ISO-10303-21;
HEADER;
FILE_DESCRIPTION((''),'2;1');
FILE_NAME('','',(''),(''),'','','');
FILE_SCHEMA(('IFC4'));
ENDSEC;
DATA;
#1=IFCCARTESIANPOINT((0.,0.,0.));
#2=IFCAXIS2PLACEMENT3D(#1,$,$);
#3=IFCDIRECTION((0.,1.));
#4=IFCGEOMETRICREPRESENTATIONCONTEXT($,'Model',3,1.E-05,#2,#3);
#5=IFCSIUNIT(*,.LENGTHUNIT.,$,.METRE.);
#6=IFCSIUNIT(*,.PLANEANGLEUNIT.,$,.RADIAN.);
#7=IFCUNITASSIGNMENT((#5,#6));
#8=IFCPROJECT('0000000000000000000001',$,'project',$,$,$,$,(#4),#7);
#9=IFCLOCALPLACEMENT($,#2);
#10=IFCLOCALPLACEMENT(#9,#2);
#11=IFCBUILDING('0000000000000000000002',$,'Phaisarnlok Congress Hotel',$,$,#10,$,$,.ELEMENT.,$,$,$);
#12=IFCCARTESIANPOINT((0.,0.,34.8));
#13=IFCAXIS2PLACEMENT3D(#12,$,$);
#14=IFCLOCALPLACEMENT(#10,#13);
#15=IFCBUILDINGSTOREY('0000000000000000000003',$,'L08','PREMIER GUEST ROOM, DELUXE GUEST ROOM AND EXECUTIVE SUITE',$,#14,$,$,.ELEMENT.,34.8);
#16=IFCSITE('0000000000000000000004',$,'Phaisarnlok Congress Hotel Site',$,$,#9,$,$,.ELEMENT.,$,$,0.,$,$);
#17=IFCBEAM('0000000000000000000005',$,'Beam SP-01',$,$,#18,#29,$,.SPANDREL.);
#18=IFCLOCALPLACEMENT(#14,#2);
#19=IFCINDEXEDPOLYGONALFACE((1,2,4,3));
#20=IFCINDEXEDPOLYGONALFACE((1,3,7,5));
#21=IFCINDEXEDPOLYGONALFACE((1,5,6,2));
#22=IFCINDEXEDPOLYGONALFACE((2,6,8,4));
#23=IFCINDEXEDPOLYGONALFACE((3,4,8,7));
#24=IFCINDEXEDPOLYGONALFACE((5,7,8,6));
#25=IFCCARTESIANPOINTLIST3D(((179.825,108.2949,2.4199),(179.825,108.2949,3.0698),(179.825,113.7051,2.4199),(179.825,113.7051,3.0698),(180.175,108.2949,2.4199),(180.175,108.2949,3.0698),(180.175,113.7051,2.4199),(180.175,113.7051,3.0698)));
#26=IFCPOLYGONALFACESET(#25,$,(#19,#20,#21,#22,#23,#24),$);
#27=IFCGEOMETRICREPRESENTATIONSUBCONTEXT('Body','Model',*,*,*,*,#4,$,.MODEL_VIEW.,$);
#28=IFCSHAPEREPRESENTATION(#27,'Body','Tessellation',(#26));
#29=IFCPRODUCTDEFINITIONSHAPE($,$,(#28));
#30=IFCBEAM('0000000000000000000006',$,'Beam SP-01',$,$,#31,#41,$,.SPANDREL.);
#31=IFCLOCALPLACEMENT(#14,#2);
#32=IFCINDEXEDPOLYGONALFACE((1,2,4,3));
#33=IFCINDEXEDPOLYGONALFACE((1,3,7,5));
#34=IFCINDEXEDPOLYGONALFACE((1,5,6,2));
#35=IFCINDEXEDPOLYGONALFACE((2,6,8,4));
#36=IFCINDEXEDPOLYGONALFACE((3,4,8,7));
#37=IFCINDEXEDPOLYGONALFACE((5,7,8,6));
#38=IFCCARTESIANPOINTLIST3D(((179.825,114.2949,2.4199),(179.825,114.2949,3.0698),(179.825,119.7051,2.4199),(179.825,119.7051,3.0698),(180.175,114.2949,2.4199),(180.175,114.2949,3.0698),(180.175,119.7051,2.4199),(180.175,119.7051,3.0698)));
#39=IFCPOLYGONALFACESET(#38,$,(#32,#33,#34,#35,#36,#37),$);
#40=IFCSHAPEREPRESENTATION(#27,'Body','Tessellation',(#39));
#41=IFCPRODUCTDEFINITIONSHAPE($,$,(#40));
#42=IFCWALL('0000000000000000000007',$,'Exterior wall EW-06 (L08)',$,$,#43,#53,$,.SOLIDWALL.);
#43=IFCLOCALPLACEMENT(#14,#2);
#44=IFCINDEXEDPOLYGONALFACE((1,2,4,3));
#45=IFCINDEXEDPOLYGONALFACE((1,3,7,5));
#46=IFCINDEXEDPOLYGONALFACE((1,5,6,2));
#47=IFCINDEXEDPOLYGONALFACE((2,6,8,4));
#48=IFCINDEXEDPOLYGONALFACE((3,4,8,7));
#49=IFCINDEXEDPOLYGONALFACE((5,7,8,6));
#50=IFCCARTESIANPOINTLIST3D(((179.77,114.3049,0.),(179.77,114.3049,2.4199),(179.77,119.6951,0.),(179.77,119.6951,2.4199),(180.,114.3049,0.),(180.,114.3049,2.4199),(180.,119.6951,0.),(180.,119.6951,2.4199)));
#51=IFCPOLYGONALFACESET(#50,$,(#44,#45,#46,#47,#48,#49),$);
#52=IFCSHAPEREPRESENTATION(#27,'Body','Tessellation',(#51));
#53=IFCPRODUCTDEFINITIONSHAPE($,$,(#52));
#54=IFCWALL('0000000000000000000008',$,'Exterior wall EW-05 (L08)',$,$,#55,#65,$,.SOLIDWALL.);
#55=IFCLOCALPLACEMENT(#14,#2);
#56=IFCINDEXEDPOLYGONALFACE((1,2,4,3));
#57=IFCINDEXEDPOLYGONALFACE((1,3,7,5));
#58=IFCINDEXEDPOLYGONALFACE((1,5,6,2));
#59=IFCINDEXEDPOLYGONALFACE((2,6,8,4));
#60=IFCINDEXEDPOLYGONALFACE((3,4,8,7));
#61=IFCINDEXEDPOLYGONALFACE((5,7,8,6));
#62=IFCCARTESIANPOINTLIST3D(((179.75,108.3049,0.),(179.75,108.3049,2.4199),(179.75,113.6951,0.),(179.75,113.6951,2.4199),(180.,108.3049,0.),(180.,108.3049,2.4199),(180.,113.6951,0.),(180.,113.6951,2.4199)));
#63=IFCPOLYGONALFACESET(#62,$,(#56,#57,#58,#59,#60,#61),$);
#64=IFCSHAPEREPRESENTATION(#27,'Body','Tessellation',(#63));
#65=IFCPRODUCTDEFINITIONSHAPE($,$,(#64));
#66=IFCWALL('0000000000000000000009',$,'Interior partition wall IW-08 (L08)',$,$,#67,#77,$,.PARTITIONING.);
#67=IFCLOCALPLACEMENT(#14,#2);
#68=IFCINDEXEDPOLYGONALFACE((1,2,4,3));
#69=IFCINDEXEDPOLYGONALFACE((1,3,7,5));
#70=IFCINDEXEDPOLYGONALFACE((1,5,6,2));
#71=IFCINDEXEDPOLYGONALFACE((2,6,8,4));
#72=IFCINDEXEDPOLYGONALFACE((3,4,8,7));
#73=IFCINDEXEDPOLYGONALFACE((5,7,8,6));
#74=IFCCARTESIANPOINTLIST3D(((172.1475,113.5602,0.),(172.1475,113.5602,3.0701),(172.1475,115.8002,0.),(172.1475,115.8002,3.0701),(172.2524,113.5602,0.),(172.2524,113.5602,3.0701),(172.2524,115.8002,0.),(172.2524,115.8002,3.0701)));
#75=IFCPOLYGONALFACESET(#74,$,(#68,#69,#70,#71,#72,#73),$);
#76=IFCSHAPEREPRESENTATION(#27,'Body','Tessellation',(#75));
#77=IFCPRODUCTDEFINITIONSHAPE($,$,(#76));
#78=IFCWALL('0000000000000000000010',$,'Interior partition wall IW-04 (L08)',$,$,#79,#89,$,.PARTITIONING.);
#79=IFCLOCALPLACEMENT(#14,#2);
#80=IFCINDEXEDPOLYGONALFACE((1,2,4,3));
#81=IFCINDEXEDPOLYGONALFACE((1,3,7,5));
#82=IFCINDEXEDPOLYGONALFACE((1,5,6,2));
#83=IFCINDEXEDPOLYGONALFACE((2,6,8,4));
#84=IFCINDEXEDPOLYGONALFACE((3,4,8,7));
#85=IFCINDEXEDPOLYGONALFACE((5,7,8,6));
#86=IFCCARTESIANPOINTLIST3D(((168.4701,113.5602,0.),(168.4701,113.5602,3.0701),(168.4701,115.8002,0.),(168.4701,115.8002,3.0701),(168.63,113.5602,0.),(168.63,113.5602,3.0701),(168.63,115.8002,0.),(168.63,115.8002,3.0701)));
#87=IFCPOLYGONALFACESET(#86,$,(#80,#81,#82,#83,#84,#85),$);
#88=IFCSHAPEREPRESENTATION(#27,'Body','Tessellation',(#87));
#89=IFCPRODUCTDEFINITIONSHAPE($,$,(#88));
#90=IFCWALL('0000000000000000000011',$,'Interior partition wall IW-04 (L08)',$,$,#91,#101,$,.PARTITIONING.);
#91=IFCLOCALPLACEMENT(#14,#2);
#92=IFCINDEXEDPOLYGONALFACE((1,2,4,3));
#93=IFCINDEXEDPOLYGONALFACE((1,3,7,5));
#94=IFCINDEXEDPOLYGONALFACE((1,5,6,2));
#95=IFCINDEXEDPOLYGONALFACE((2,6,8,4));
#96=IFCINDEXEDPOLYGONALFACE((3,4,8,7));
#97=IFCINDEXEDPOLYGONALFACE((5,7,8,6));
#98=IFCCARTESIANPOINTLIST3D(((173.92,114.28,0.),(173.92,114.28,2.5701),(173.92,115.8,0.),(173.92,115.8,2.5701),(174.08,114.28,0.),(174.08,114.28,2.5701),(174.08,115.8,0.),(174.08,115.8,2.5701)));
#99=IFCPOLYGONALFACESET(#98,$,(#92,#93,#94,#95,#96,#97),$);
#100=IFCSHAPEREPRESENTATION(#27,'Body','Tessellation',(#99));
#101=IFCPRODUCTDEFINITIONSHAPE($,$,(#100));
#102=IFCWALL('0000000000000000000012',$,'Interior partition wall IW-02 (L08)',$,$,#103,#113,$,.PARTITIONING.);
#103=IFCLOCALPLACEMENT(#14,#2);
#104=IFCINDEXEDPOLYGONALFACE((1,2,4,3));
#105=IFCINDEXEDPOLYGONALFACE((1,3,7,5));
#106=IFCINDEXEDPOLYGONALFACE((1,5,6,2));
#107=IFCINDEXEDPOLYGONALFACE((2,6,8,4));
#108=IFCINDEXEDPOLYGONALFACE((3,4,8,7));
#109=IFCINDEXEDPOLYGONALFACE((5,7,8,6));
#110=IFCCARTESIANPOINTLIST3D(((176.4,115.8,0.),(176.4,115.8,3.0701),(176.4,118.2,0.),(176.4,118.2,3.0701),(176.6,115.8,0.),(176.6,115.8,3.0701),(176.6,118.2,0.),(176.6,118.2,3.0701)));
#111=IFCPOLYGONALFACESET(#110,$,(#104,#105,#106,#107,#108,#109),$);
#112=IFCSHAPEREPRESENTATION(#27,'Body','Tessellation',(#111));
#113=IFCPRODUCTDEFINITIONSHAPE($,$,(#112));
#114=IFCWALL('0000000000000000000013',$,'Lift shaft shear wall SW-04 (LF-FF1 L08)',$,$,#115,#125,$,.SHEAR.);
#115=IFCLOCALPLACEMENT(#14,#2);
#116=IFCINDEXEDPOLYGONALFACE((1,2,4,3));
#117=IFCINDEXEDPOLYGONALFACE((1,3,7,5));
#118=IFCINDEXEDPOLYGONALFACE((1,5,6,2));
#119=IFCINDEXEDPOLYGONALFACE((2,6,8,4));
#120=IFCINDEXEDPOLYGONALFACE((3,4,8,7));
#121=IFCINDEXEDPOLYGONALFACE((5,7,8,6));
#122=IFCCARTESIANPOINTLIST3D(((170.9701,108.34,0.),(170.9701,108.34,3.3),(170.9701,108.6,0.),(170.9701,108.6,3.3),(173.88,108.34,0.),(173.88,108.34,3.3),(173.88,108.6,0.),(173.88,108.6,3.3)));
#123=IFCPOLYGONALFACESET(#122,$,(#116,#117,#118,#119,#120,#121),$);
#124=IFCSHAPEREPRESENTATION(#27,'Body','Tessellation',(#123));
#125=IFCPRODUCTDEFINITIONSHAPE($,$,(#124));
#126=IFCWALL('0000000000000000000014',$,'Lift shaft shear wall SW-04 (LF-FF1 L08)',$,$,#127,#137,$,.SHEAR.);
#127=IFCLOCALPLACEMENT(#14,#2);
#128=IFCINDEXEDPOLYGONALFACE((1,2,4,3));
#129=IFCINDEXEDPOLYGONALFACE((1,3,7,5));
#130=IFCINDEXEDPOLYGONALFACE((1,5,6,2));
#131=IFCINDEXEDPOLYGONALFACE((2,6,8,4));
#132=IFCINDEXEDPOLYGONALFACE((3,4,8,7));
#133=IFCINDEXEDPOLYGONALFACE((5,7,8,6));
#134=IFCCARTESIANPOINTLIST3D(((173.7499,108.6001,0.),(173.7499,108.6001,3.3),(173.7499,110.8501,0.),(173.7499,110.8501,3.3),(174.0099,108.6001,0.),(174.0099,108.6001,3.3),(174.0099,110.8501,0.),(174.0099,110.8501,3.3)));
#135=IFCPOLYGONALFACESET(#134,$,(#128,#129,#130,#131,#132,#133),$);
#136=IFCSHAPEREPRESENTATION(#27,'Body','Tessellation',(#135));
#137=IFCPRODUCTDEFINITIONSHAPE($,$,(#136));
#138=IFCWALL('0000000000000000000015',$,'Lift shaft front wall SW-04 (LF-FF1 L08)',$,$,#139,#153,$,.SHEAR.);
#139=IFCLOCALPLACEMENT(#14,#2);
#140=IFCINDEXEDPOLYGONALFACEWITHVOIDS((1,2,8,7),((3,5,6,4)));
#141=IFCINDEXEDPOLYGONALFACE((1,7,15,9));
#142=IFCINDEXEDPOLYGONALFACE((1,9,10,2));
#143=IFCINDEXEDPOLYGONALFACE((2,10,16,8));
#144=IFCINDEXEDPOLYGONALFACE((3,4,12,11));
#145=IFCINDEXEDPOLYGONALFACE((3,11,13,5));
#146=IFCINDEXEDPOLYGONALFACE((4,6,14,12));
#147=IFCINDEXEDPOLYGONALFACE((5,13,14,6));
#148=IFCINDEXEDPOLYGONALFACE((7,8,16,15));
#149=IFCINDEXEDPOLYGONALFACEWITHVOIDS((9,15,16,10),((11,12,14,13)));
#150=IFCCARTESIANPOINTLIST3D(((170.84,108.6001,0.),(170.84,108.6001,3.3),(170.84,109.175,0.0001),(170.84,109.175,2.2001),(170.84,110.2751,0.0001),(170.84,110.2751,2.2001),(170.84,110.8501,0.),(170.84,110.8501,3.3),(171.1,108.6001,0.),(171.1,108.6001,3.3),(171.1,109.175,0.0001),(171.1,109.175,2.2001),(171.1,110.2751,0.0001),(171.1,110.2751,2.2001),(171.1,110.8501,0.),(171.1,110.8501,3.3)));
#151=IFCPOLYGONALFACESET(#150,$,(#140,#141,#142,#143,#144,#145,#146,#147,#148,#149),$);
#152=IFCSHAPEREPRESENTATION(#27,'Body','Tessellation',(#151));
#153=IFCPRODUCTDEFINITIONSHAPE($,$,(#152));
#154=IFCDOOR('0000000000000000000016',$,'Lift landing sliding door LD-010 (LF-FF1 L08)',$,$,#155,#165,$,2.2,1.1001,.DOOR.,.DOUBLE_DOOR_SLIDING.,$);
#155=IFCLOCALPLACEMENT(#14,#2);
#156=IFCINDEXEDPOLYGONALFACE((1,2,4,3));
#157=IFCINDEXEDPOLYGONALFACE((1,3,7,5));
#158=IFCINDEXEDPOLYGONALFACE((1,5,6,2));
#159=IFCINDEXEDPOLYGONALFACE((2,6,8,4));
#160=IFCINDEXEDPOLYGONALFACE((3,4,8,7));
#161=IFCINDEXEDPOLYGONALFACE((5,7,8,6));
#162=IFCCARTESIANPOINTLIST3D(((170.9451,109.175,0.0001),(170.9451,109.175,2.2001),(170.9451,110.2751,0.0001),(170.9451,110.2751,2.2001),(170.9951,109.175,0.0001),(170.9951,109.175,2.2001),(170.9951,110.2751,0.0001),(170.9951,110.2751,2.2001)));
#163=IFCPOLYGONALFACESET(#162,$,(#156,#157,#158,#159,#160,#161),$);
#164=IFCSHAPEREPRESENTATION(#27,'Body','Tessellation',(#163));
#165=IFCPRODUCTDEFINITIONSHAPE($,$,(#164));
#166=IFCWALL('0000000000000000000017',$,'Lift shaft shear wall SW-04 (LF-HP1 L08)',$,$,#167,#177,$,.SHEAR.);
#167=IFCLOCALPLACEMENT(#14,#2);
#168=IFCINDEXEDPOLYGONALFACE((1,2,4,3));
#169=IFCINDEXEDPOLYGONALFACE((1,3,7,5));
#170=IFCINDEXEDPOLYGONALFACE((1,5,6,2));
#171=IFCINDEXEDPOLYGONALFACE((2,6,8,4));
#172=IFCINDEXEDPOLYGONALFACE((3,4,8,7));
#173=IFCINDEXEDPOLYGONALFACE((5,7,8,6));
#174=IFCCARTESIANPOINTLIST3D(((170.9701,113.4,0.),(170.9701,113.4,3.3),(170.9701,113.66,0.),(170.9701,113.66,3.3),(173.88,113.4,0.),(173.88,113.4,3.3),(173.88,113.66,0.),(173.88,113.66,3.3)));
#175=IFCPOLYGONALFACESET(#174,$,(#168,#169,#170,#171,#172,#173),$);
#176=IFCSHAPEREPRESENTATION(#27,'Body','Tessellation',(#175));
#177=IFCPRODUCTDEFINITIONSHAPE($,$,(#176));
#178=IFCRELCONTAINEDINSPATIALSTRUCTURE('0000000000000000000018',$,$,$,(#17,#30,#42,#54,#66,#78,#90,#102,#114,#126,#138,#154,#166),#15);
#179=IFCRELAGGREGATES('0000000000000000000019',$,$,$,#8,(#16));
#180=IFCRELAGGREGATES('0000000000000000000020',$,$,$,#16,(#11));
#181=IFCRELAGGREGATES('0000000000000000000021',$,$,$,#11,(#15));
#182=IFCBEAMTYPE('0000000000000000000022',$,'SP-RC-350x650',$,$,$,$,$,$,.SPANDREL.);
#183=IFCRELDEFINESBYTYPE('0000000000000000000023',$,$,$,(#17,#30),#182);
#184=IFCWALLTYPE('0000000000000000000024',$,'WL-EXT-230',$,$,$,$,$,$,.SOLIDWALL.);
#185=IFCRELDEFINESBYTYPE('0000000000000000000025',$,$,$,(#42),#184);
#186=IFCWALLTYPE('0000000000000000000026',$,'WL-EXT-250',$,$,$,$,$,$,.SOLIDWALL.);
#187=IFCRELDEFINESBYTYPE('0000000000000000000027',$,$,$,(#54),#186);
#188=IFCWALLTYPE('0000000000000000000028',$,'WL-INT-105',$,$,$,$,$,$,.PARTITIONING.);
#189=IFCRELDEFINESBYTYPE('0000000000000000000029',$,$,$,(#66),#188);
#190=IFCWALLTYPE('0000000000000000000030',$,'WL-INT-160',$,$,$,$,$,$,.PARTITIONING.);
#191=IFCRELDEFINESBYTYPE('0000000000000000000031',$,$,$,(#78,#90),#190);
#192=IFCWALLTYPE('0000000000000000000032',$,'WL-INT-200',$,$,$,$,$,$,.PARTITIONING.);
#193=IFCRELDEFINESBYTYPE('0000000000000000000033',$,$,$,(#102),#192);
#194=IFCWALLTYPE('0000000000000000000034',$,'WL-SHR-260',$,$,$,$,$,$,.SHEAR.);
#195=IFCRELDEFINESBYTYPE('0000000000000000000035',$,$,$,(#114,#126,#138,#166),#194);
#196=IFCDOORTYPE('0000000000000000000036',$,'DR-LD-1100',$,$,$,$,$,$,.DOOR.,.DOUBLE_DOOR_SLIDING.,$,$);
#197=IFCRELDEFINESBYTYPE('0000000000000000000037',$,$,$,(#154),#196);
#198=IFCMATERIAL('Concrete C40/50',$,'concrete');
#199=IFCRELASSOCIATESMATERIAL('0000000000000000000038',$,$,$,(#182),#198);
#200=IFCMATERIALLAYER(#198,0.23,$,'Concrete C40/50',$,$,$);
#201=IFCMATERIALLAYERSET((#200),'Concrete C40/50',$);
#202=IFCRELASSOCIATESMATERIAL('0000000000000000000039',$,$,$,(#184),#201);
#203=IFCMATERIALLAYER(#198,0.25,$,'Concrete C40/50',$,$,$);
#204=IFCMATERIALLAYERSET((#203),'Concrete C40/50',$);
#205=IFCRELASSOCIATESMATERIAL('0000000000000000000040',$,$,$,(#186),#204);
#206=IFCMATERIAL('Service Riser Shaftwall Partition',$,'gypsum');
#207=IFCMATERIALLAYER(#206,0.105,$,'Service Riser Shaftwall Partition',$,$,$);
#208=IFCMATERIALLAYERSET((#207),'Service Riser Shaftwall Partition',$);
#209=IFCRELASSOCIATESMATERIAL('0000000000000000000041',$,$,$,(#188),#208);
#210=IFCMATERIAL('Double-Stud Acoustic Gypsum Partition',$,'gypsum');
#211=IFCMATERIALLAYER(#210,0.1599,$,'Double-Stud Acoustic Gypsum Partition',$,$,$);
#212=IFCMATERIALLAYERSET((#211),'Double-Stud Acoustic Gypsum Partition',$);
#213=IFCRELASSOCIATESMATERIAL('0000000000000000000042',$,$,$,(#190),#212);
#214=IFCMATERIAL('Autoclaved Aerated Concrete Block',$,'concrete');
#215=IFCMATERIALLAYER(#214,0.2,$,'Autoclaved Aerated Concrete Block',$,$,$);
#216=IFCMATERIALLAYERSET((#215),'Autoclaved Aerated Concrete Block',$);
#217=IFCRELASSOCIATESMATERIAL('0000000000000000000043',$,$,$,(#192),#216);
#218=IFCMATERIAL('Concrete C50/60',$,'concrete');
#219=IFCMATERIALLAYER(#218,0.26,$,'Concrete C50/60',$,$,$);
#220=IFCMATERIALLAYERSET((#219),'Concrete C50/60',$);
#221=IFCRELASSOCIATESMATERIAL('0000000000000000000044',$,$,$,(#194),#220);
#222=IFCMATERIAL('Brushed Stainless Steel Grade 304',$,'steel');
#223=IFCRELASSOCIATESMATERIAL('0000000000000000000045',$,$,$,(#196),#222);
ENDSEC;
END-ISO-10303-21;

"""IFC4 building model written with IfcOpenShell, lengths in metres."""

from ifc_helpers import new_model, si_unit, direction, frame, frame_2d, origin, origin_2d, place, context, subcontext, project, spatial, rectangle, extrude, material, layer, layer_set, material_profile, profile_set, type_object, element, fill, save


model = new_model("IFC4")

# Units and contexts
model_context = context("Model", 3, precision=1e-05, world=origin(), true_north=direction((0.0, 1.0)))
body_context = subcontext(model_context, "Body", "Model", "MODEL_VIEW")
ifc_project = project(units=[si_unit("LENGTHUNIT", "METRE"), si_unit("PLANEANGLEUNIT", "RADIAN")], contexts=[model_context])

# Site, building, storey
site_placement = place(None, origin())
site = spatial("IfcSite", under=ifc_project, at=site_placement, Name="Phaisarnlok Congress Hotel Site", CompositionType="ELEMENT", RefElevation=0.0)
building_placement = place(site_placement, origin())
building = spatial("IfcBuilding", under=site, at=building_placement, Name="Phaisarnlok Congress Hotel", CompositionType="ELEMENT")
storey_placement = place(building_placement, frame((0.0, 0.0, 34.8)))
storey = spatial("IfcBuildingStorey", under=building, at=storey_placement, Name="L08", Description="PREMIER GUEST ROOM, DELUXE GUEST ROOM AND EXECUTIVE SUITE", CompositionType="ELEMENT", Elevation=34.8)

# Shared definitions
ifc_material_1 = material(Name="Concrete C50/60", Category="concrete")

# Beams
ifc_material_2 = material(Name="Concrete C40/50", Category="concrete")
ifc_material_profile_1 = material_profile(ifc_material_2, rectangle(XDim=0.3501, YDim=0.6499, at=origin_2d()), Name="RC 350x650")
ifc_profile_set_1 = profile_set([ifc_material_profile_1], Name="Concrete C40/50")
beam_type_1 = type_object("IfcBeamType", Name="SP-RC-350x650", PredefinedType="SPANDREL", material=ifc_profile_set_1)
for number, where, z_axis, x_axis, name in (
    (1, (180.0, 108.2949, 2.7449), (0.0, 1.0, 0.0), (-1.0, 0.0, 0.0), "Beam SP-01"),
    (2, (180.0, 114.2949, 2.7449), (0.0, 1.0, 0.0), (-1.0, 0.0, 0.0), "Beam SP-01"),
):
    element("IfcBeam", number, at=place(storey_placement, frame(where, z_axis=z_axis, x_axis=x_axis)), inside=storey, type_object=beam_type_1, Name=name, PredefinedType="SPANDREL", context=body_context, shape_type="SweptSolid", body=[
        extrude(rectangle(XDim=0.3501, YDim=0.6499, at=origin_2d()), origin(), (0.0, 0.0, 1.0), 5.4102),
    ])

# Walls
ifc_layer_1 = layer(ifc_material_2, 0.23, Name="Concrete C40/50")
ifc_layer_set_1 = layer_set([ifc_layer_1], Name="Concrete C40/50")
wall_type_1 = type_object("IfcWallType", Name="WL-EXT-230", PredefinedType="SOLIDWALL", material=ifc_layer_set_1)
wall_1_placement = place(storey_placement, frame((179.885, 114.3049, 0.0), z_axis=(0.0, 0.0, 1.0), x_axis=(0.0, 1.0, 0.0)))
element("IfcWall", 3, at=wall_1_placement, inside=storey, type_object=wall_type_1, Name="Exterior wall EW-06 (L08)", PredefinedType="SOLIDWALL", context=body_context, shape_type="SweptSolid", body=[
    extrude(rectangle(XDim=5.3901, YDim=0.23, at=frame_2d((2.6951, 0.0))), origin(), (0.0, 0.0, 1.0), 2.4199),
])
ifc_layer_2 = layer(ifc_material_2, 0.25, Name="Concrete C40/50")
ifc_layer_set_2 = layer_set([ifc_layer_2], Name="Concrete C40/50")
wall_type_2 = type_object("IfcWallType", Name="WL-EXT-250", PredefinedType="SOLIDWALL", material=ifc_layer_set_2)
wall_2_placement = place(storey_placement, frame((179.875, 108.3049, 0.0), z_axis=(0.0, 0.0, 1.0), x_axis=(0.0, 1.0, 0.0)))
element("IfcWall", 4, at=wall_2_placement, inside=storey, type_object=wall_type_2, Name="Exterior wall EW-05 (L08)", PredefinedType="SOLIDWALL", context=body_context, shape_type="SweptSolid", body=[
    extrude(rectangle(XDim=5.3901, YDim=0.25, at=frame_2d((2.6951, 0.0))), origin(), (0.0, 0.0, 1.0), 2.4199),
])
ifc_material_3 = material(Name="Service Riser Shaftwall Partition", Category="gypsum")
ifc_layer_3 = layer(ifc_material_3, 0.105, Name="Service Riser Shaftwall Partition")
ifc_layer_set_3 = layer_set([ifc_layer_3], Name="Service Riser Shaftwall Partition")
wall_type_3 = type_object("IfcWallType", Name="WL-INT-105", PredefinedType="PARTITIONING", material=ifc_layer_set_3)
wall_3_placement = place(storey_placement, frame((172.2, 113.5601, 0.0), z_axis=(0.0, 0.0, 1.0), x_axis=(0.0, 1.0, 0.0)))
element("IfcWall", 5, at=wall_3_placement, inside=storey, type_object=wall_type_3, Name="Interior partition wall IW-08 (L08)", PredefinedType="PARTITIONING", context=body_context, shape_type="SweptSolid", body=[
    extrude(rectangle(XDim=2.24, YDim=0.105, at=frame_2d((1.1201, 0.0))), origin(), (0.0, 0.0, 1.0), 3.0701),
])
ifc_material_4 = material(Name="Double-Stud Acoustic Gypsum Partition", Category="gypsum")
ifc_layer_4 = layer(ifc_material_4, 0.1599, Name="Double-Stud Acoustic Gypsum Partition")
ifc_layer_set_4 = layer_set([ifc_layer_4], Name="Double-Stud Acoustic Gypsum Partition")
wall_type_4 = type_object("IfcWallType", Name="WL-INT-160", PredefinedType="PARTITIONING", material=ifc_layer_set_4)
wall_4_placement = place(storey_placement, frame((168.55, 113.5601, 0.0), z_axis=(0.0, 0.0, 1.0), x_axis=(0.0, 1.0, 0.0)))
element("IfcWall", 6, at=wall_4_placement, inside=storey, type_object=wall_type_4, Name="Interior partition wall IW-04 (L08)", PredefinedType="PARTITIONING", context=body_context, shape_type="SweptSolid", body=[
    extrude(rectangle(XDim=2.24, YDim=0.1599, at=frame_2d((1.1201, 0.0))), origin(), (0.0, 0.0, 1.0), 3.0701),
])
wall_5_placement = place(storey_placement, frame((174.0, 114.28, 0.0), z_axis=(0.0, 0.0, 1.0), x_axis=(0.0, 1.0, 0.0)))
element("IfcWall", 7, at=wall_5_placement, inside=storey, type_object=wall_type_4, Name="Interior partition wall IW-04 (L08)", PredefinedType="PARTITIONING", context=body_context, shape_type="SweptSolid", body=[
    extrude(rectangle(XDim=1.52, YDim=0.1599, at=frame_2d((0.76, 0.0))), origin(), (0.0, 0.0, 1.0), 2.5701),
])

# Shared definitions
ifc_material_5 = material(Name="Autoclaved Aerated Concrete Block", Category="concrete")

# Walls
ifc_layer_5 = layer(ifc_material_5, 0.2, Name="Autoclaved Aerated Concrete Block")
ifc_layer_set_5 = layer_set([ifc_layer_5], Name="Autoclaved Aerated Concrete Block")
wall_type_5 = type_object("IfcWallType", Name="WL-INT-200", PredefinedType="PARTITIONING", material=ifc_layer_set_5)
wall_6_placement = place(storey_placement, frame((176.5, 115.8, 0.0), z_axis=(0.0, 0.0, 1.0), x_axis=(0.0, 1.0, 0.0)))
element("IfcWall", 8, at=wall_6_placement, inside=storey, type_object=wall_type_5, Name="Interior partition wall IW-02 (L08)", PredefinedType="PARTITIONING", context=body_context, shape_type="SweptSolid", body=[
    extrude(rectangle(XDim=2.3999, YDim=0.2, at=frame_2d((1.2, 0.0))), origin(), (0.0, 0.0, 1.0), 3.0701),
])
ifc_layer_6 = layer(ifc_material_1, 0.26, Name="Concrete C50/60")
ifc_layer_set_6 = layer_set([ifc_layer_6], Name="Concrete C50/60")
wall_type_6 = type_object("IfcWallType", Name="WL-SHR-260", PredefinedType="SHEAR", material=ifc_layer_set_6)
wall_7_placement = place(storey_placement, frame((170.97, 108.47, 0.0), z_axis=(0.0, 0.0, 1.0), x_axis=(1.0, 0.0, 0.0)))
element("IfcWall", 9, at=wall_7_placement, inside=storey, type_object=wall_type_6, Name="Lift shaft shear wall SW-04 (LF-FF1 L08)", PredefinedType="SHEAR", context=body_context, shape_type="SweptSolid", body=[
    extrude(rectangle(XDim=2.9099, YDim=0.26, at=frame_2d((1.4551, 0.0))), origin(), (0.0, 0.0, 1.0), 3.3),
])
wall_8_placement = place(storey_placement, frame((173.8799, 108.6001, 0.0), z_axis=(0.0, 0.0, 1.0), x_axis=(0.0, 1.0, 0.0)))
element("IfcWall", 10, at=wall_8_placement, inside=storey, type_object=wall_type_6, Name="Lift shaft shear wall SW-04 (LF-FF1 L08)", PredefinedType="SHEAR", context=body_context, shape_type="SweptSolid", body=[
    extrude(rectangle(XDim=2.25, YDim=0.26, at=frame_2d((1.125, 0.0))), origin(), (0.0, 0.0, 1.0), 3.3),
])

# Wall, opening, door
wall_9_placement = place(storey_placement, frame((170.97, 108.6001, 0.0), z_axis=(0.0, 0.0, 1.0), x_axis=(0.0, 1.0, 0.0)))
wall_9 = element("IfcWall", 11, at=wall_9_placement, inside=storey, type_object=wall_type_6, Name="Lift shaft front wall SW-04 (LF-FF1 L08)", PredefinedType="SHEAR", context=body_context, shape_type="SweptSolid", body=[
    extrude(rectangle(XDim=2.25, YDim=0.26, at=frame_2d((1.125, 0.0))), origin(), (0.0, 0.0, 1.0), 3.3),
])
opening_1_placement = place(wall_9_placement, frame((0.575, 0.0, 0.0)))
opening_1 = element("IfcOpeningElement", 12, at=opening_1_placement, cuts=wall_9, PredefinedType="OPENING", context=body_context, shape_type="SweptSolid", body=[
    extrude(rectangle(XDim=1.1001, YDim=2.2, at=frame_2d((0.55, 1.1001))), frame((0.0, 0.1401, 0.0), z_axis=(0.0, -1.0, 0.0), x_axis=(1.0, 0.0, 0.0)), (0.0, 0.0, 1.0), 0.28),
])
ifc_material_6 = material(Name="Brushed Stainless Steel Grade 304", Category="steel")
door_type_1 = type_object("IfcDoorType", Name="DR-LD-1100", OperationType="DOUBLE_DOOR_SLIDING", PredefinedType="DOOR", material=ifc_material_6)
door_1_placement = place(opening_1_placement, origin())
door_1 = element("IfcDoor", 13, at=door_1_placement, inside=storey, type_object=door_type_1, Name="Lift landing sliding door LD-010 (LF-FF1 L08)", OperationType="DOUBLE_DOOR_SLIDING", OverallHeight=2.2, OverallWidth=1.1001, PredefinedType="DOOR", context=body_context, shape_type="SweptSolid", body=[
    extrude(rectangle(XDim=1.1001, YDim=2.2, at=frame_2d((0.55, 1.1001))), frame((0.0, 0.0249, 0.0), z_axis=(0.0, -1.0, 0.0), x_axis=(1.0, 0.0, 0.0)), (0.0, 0.0, 1.0), 0.05),
])
fill(opening_1, door_1)

# Wall
wall_10_placement = place(storey_placement, frame((170.97, 113.53, 0.0), z_axis=(0.0, 0.0, 1.0), x_axis=(1.0, 0.0, 0.0)))
element("IfcWall", 14, at=wall_10_placement, inside=storey, type_object=wall_type_6, Name="Lift shaft shear wall SW-04 (LF-HP1 L08)", PredefinedType="SHEAR", context=body_context, shape_type="SweptSolid", body=[
    extrude(rectangle(XDim=2.9099, YDim=0.26, at=frame_2d((1.4551, 0.0))), origin(), (0.0, 0.0, 1.0), 3.3),
])

save(model, "model.ifc")
